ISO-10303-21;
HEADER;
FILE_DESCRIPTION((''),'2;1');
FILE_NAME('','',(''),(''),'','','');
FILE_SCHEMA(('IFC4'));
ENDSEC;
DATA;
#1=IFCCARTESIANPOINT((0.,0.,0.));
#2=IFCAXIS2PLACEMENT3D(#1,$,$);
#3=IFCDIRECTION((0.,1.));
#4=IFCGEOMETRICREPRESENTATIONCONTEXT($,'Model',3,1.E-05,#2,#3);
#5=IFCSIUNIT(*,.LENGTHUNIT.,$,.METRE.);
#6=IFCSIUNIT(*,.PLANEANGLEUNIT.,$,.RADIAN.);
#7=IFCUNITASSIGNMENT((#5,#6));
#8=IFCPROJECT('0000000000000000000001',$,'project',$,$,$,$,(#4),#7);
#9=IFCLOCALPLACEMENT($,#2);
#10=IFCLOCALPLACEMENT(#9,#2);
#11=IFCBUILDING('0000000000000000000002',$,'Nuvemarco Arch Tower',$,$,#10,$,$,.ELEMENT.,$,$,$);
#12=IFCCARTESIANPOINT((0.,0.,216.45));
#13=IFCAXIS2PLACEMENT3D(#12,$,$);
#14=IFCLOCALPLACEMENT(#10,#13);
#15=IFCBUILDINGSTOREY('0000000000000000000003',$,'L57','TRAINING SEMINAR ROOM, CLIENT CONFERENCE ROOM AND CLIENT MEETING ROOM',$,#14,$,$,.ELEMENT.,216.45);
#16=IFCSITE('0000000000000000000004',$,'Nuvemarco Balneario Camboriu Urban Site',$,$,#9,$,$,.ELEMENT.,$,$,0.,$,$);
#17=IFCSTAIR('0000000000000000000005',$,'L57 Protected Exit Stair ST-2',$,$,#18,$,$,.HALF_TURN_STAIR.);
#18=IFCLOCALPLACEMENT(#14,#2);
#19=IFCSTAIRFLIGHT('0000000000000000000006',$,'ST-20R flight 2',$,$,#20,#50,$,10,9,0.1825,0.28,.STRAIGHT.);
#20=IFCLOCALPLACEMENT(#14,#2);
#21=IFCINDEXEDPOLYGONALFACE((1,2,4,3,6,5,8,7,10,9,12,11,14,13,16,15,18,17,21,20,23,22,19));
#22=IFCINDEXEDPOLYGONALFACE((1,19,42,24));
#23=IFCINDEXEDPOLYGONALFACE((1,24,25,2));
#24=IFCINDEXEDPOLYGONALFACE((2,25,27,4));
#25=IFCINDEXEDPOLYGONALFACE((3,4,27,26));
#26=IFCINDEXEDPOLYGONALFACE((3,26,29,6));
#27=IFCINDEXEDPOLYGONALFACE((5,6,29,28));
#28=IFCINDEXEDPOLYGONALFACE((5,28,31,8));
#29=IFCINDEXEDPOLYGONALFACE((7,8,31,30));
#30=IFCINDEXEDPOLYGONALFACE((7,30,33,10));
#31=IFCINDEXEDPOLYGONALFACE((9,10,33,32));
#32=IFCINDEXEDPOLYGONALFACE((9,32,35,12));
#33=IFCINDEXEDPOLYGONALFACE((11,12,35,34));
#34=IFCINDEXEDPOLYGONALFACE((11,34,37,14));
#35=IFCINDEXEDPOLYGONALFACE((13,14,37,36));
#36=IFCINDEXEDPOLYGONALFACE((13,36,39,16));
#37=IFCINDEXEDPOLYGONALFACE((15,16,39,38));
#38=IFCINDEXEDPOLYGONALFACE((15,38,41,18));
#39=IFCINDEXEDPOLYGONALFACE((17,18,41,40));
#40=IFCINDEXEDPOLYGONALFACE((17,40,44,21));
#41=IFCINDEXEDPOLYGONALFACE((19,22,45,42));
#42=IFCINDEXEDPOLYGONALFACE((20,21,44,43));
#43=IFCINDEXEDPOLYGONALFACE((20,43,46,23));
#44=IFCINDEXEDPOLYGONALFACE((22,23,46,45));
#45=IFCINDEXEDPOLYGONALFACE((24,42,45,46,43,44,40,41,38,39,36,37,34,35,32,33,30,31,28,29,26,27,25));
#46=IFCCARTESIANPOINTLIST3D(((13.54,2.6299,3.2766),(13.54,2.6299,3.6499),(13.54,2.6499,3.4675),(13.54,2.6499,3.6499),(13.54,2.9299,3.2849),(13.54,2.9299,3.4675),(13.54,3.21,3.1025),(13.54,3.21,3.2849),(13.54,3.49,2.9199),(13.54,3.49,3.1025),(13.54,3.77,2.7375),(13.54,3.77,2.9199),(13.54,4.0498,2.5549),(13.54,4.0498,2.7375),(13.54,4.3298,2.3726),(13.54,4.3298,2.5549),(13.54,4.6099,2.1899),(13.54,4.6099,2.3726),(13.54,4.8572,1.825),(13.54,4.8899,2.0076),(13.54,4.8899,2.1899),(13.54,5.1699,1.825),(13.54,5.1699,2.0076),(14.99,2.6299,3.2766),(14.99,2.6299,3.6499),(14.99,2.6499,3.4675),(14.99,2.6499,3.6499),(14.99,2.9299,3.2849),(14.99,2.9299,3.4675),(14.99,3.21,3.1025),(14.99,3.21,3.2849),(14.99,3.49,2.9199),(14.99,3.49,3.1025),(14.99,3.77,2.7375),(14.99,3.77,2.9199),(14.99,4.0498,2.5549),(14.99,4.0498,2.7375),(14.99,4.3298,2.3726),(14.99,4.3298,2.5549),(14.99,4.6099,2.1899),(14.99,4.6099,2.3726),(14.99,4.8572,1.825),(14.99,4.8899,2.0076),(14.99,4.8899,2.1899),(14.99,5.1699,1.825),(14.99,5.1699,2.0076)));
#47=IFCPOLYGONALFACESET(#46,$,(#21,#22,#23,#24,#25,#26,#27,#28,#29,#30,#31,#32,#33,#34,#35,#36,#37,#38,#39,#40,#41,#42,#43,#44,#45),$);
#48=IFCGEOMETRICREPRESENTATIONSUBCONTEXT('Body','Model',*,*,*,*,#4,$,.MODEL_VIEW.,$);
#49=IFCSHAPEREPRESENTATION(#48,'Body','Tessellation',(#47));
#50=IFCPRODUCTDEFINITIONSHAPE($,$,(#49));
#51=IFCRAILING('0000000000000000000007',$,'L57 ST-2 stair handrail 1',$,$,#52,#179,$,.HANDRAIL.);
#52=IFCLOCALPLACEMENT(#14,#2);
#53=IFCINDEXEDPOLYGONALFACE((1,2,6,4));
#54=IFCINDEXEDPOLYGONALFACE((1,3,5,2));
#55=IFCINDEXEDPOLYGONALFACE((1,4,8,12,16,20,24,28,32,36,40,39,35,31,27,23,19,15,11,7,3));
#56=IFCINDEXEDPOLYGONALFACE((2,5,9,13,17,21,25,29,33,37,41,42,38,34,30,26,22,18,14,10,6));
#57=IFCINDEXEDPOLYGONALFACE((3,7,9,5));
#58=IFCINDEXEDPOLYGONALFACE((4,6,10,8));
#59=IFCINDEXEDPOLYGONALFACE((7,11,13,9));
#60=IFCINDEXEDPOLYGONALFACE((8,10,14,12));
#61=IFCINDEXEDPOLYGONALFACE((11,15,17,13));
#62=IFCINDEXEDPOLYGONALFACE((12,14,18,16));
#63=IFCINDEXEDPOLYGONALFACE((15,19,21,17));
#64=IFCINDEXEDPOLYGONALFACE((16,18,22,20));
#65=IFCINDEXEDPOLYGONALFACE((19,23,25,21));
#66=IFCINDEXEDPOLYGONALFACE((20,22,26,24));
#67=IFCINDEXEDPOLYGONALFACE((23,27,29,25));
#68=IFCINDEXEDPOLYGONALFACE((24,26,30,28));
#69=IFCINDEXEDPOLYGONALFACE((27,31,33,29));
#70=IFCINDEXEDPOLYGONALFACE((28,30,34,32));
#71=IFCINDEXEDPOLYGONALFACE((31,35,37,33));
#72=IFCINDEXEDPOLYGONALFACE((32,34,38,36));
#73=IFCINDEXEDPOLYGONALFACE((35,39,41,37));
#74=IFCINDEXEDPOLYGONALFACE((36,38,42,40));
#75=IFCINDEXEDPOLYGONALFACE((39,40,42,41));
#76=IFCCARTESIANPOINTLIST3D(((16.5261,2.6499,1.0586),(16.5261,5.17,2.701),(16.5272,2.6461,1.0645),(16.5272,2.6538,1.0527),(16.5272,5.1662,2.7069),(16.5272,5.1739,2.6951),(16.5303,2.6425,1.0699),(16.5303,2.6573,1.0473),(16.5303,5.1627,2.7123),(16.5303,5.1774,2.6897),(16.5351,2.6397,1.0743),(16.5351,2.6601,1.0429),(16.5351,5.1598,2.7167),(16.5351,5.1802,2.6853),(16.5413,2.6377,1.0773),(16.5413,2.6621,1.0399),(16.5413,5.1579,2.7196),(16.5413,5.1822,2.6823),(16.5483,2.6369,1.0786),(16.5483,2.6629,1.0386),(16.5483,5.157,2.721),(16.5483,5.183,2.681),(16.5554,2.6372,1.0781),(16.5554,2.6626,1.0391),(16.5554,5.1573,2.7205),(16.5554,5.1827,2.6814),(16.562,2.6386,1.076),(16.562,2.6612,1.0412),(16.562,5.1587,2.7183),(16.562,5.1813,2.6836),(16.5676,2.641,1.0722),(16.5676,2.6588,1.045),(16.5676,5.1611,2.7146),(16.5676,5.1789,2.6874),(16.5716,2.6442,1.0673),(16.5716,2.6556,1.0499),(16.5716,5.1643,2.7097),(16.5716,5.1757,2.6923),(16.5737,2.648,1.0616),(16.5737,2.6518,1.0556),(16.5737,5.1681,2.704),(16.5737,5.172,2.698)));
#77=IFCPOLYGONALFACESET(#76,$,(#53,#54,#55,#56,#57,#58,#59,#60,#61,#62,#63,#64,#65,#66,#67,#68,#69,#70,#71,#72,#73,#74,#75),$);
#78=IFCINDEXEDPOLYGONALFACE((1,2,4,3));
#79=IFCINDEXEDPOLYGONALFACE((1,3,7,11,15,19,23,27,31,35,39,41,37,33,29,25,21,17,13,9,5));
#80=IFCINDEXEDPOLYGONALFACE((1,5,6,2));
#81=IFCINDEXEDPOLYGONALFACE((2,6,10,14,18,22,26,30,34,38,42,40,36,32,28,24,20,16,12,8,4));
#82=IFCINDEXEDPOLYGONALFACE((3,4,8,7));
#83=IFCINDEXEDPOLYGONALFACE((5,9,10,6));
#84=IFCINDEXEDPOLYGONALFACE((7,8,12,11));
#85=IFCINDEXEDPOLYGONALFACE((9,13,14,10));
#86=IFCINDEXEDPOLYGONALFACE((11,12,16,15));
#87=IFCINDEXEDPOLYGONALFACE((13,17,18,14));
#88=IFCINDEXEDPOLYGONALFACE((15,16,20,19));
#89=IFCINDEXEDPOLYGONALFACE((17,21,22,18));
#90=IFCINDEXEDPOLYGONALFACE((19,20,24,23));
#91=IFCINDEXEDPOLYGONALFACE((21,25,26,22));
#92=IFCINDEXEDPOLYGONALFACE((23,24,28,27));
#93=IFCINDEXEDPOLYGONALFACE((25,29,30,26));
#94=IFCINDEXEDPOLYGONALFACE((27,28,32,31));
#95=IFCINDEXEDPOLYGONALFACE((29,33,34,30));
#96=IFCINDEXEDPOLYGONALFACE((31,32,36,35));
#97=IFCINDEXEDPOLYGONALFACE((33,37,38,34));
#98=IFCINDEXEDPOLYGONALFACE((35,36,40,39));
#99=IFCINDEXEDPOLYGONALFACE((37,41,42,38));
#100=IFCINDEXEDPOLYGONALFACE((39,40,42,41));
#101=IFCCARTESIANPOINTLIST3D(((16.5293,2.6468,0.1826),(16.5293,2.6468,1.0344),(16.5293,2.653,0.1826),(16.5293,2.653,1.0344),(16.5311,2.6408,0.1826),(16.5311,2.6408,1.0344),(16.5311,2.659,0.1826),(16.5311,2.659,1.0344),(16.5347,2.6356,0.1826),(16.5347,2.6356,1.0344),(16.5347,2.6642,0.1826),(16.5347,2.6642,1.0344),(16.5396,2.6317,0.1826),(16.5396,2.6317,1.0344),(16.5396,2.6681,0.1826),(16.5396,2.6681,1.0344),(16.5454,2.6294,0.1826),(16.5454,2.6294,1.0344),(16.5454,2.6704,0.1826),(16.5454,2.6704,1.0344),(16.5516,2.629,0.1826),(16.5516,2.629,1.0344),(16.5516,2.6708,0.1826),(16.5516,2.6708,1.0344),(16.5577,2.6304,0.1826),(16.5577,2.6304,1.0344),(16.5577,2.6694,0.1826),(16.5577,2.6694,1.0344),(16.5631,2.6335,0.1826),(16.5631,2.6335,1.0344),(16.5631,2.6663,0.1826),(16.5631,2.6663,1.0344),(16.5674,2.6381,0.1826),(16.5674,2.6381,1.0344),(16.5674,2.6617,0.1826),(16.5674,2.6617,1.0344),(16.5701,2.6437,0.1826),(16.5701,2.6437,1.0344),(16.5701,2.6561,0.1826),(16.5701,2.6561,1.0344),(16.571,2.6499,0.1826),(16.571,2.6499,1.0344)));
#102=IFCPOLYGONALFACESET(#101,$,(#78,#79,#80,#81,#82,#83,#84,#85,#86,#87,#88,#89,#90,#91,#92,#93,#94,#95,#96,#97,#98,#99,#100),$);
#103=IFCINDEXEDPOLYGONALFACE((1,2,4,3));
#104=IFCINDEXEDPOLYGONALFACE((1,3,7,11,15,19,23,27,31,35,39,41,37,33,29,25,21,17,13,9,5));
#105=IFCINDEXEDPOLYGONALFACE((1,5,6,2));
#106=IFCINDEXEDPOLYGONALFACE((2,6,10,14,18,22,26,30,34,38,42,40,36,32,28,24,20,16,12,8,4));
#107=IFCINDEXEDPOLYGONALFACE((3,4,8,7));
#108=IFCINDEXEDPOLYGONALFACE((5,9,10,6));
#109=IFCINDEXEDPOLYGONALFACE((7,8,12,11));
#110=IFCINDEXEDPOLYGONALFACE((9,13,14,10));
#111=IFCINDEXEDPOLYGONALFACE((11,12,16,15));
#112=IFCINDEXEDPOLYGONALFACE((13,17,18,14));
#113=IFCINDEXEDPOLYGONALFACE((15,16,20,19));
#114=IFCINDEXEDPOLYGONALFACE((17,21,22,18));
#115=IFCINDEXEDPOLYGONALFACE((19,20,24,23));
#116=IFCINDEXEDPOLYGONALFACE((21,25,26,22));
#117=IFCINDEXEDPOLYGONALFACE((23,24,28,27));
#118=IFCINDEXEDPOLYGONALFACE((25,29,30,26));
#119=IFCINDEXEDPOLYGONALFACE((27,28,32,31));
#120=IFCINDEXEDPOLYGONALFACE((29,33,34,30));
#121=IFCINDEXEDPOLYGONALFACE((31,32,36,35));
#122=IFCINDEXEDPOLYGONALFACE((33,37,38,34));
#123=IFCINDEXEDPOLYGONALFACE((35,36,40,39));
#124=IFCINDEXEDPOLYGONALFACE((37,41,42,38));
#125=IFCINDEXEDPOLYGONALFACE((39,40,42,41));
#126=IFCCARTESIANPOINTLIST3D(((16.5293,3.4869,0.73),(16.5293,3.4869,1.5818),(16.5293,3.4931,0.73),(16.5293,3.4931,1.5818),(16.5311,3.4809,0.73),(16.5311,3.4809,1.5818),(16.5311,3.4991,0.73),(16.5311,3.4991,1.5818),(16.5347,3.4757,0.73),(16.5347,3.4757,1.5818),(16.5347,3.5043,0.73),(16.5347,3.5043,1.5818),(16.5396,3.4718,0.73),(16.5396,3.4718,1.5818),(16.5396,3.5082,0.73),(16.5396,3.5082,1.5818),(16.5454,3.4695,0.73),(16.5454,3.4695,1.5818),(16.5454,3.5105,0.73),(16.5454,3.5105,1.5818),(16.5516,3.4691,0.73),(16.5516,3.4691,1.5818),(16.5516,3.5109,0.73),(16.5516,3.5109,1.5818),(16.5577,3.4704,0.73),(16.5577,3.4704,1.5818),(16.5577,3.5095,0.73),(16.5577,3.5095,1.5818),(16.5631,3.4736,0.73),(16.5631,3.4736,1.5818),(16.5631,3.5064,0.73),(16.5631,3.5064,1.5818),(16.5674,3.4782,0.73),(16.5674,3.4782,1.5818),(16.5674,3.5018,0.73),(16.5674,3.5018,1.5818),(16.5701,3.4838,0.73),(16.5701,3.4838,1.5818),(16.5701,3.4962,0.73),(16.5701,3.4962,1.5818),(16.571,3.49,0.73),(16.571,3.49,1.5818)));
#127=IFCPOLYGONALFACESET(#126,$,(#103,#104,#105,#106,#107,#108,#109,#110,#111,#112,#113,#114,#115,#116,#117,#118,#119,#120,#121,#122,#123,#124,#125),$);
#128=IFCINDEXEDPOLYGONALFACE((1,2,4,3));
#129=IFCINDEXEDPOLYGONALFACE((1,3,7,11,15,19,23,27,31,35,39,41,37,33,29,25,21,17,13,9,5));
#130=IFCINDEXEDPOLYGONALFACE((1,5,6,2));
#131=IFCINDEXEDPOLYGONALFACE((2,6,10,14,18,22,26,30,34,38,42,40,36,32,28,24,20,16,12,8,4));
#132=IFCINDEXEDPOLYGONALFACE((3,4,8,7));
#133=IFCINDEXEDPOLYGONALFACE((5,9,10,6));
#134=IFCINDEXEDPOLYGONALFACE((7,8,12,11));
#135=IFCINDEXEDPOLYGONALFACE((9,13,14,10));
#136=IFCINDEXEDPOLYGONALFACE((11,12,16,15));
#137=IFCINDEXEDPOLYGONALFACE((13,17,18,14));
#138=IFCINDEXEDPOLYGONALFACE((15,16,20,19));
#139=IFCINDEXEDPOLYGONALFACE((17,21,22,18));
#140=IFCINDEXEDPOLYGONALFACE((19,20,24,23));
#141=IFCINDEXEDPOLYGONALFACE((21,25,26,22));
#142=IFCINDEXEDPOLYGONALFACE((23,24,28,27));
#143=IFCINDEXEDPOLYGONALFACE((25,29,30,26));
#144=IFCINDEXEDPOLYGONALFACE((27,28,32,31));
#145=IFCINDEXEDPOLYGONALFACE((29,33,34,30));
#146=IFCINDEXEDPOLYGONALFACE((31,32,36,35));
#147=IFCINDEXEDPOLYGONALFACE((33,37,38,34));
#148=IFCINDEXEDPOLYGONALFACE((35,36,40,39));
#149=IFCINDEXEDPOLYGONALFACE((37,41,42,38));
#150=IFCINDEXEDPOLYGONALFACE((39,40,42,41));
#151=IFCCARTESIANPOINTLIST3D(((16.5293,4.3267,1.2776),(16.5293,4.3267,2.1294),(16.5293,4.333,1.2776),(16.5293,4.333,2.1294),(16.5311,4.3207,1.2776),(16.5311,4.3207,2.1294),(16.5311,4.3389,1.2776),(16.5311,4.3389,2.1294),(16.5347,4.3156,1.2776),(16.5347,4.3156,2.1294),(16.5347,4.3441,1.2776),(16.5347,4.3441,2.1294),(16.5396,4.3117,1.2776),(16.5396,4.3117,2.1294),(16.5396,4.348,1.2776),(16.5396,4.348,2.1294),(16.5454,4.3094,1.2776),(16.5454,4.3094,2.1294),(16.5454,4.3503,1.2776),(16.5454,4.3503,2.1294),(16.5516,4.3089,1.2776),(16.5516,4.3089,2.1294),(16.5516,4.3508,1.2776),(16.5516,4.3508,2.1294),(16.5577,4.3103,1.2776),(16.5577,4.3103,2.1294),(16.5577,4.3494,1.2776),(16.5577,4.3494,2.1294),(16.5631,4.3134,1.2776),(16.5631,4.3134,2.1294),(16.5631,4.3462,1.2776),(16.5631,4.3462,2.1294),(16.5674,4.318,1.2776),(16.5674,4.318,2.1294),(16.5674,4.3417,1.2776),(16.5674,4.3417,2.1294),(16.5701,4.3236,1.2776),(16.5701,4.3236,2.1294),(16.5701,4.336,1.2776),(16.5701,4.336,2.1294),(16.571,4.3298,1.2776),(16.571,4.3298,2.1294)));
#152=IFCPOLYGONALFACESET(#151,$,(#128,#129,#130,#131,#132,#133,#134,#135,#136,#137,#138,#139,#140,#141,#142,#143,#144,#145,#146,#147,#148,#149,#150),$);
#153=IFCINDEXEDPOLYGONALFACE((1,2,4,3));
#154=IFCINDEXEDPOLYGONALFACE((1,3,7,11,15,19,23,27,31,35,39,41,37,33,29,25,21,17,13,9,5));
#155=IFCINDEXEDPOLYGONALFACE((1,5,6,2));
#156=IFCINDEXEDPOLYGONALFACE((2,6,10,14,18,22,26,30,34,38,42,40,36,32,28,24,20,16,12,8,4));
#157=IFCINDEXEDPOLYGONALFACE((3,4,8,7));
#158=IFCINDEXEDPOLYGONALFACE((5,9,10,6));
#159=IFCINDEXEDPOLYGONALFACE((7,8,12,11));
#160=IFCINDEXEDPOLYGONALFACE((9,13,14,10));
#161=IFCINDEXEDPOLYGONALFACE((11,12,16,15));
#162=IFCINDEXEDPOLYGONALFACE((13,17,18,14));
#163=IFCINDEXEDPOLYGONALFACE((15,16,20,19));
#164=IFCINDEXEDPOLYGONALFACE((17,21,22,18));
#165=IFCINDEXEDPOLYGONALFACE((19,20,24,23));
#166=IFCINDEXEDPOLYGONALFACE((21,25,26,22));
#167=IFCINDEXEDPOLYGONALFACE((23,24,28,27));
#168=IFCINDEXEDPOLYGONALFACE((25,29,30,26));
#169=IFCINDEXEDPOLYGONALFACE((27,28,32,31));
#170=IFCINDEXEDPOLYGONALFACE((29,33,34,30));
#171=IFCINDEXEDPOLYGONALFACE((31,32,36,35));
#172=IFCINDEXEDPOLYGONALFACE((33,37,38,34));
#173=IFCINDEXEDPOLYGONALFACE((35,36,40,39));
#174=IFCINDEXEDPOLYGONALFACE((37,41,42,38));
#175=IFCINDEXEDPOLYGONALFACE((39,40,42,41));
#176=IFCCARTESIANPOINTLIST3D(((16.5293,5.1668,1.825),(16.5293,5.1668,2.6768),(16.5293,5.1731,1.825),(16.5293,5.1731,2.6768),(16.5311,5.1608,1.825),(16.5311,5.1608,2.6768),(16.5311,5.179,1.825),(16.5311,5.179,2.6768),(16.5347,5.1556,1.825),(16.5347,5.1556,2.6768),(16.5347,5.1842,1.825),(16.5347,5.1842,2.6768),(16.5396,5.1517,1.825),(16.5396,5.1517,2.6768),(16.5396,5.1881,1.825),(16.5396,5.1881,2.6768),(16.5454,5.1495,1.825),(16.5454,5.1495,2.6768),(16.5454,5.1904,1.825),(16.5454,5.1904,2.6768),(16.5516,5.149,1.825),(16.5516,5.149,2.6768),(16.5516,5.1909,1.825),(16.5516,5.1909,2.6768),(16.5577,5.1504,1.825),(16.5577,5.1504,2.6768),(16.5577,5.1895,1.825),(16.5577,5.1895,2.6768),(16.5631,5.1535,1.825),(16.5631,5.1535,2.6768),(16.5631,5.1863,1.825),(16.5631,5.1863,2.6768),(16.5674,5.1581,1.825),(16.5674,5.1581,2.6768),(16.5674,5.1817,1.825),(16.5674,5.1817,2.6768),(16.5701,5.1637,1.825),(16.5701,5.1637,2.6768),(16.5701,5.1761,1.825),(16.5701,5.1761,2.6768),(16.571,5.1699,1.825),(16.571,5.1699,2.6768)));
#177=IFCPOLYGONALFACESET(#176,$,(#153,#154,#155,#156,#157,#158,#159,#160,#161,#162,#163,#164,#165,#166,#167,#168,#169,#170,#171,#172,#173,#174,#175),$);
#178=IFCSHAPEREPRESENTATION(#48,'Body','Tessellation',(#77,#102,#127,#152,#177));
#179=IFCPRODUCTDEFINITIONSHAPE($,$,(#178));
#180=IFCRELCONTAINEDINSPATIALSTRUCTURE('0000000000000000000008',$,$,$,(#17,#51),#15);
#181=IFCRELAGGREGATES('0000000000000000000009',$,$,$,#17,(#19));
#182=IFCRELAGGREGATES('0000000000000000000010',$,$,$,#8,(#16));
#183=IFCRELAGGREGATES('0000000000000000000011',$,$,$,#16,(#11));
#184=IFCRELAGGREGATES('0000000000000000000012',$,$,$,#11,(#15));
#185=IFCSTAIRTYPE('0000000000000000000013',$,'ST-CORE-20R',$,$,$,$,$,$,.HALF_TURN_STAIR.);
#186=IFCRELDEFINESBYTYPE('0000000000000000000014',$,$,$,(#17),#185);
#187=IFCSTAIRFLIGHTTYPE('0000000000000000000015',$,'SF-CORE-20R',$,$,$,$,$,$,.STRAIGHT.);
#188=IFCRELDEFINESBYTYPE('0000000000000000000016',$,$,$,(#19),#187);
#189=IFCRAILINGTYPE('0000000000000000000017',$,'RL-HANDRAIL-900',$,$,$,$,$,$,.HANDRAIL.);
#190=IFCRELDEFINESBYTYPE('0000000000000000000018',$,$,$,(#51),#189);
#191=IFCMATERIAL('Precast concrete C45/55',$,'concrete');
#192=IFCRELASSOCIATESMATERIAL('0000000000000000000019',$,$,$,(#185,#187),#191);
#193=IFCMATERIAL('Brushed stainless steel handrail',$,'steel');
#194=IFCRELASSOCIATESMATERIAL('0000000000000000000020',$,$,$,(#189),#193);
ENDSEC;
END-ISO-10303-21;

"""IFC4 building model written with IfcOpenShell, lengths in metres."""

from ifc_helpers import new_model, si_unit, direction, frame, origin, origin_2d, place, context, subcontext, project, spatial, polyline, circle, outline, extrude, material, type_object, element, aggregate, save


model = new_model("IFC4")

# Units and contexts
model_context = context("Model", 3, precision=1e-05, world=origin(), true_north=direction((0.0, 1.0)))
body_context = subcontext(model_context, "Body", "Model", "MODEL_VIEW")
ifc_project = project(units=[si_unit("LENGTHUNIT", "METRE"), si_unit("PLANEANGLEUNIT", "RADIAN")], contexts=[model_context])

# Site, building, storey
site_placement = place(None, origin())
site = spatial("IfcSite", under=ifc_project, at=site_placement, Name="Nuvemarco Balneario Camboriu Urban Site", CompositionType="ELEMENT", RefElevation=0.0)
building_placement = place(site_placement, origin())
building = spatial("IfcBuilding", under=site, at=building_placement, Name="Nuvemarco Arch Tower", CompositionType="ELEMENT")
storey_placement = place(building_placement, frame((0.0, 0.0, 216.45)))
storey = spatial("IfcBuildingStorey", under=building, at=storey_placement, Name="L57", Description="TRAINING SEMINAR ROOM, CLIENT CONFERENCE ROOM AND CLIENT MEETING ROOM", CompositionType="ELEMENT", Elevation=216.45)

# Shared definitions
ifc_material_1 = material(Name="Precast concrete C45/55", Category="concrete")

# Stair, stair flight
stair_type = type_object("IfcStairType", Name="ST-CORE-20R", PredefinedType="HALF_TURN_STAIR", material=ifc_material_1)
stair_placement = place(storey_placement, origin())
stair = element("IfcStair", 1, at=stair_placement, inside=storey, type_object=stair_type, Name="L57 Protected Exit Stair ST-2", PredefinedType="HALF_TURN_STAIR")
stair_flight_type = type_object("IfcStairFlightType", Name="SF-CORE-20R", PredefinedType="STRAIGHT", material=ifc_material_1)
stair_flight_1_placement = place(storey_placement, frame((14.2649, 5.1699, 1.825), z_axis=(0.0, 0.0, 1.0), x_axis=(0.0, -1.0, 0.0)))
stair_flight_1 = element("IfcStairFlight", 2, at=stair_flight_1_placement, type_object=stair_flight_type, Name="ST-20R flight 2", NumberOfRisers=10, NumberOfTreads=9, PredefinedType="STRAIGHT", RiserHeight=0.1825, TreadLength=0.28, context=body_context, shape_type="SweptSolid", body=[
    extrude(outline(polyline([(0.0, 0.0), (0.0, 0.1826), (0.28, 0.1826), (0.28, 0.365), (0.5601, 0.365), (0.5601, 0.5476), (0.8401, 0.5476), (0.8401, 0.73), (1.1201, 0.73), (1.1201, 0.9126), (1.3999, 0.9126), (1.3999, 1.095), (1.6799, 1.095), (1.6799, 1.2776), (1.96, 1.2776), (1.96, 1.46), (2.24, 1.46), (2.24, 1.6426), (2.52, 1.6426), (2.52, 1.825), (2.54, 1.825), (2.54, 1.4517), (0.3127, 0.0), (0.0, 0.0)])), frame((0.0, 0.7251, 0.0), z_axis=(0.0, -1.0, 0.0), x_axis=(1.0, 0.0, 0.0)), (0.0, 0.0, 1.0), 1.45),
])
aggregate(stair, [stair_flight_1])

# Railing
ifc_material_2 = material(Name="Brushed stainless steel handrail", Category="steel")
railing_type_1 = type_object("IfcRailingType", Name="RL-HANDRAIL-900", PredefinedType="HANDRAIL", material=ifc_material_2)
railing_1_placement = place(storey_placement, frame((16.55, 2.6499, 0.1826)))
element("IfcRailing", 3, at=railing_1_placement, inside=storey, type_object=railing_type_1, Name="L57 ST-2 stair handrail 1", PredefinedType="HANDRAIL", context=body_context, shape_type="SweptSolid", body=[
    extrude(circle(Radius=0.0239, at=origin_2d()), frame((0.0, 0.0, 0.876), z_axis=(0.0, 0.837787, 0.545998), x_axis=(-1.0, 0.0, 0.0)), (0.0, 0.0, 1.0), 3.0081),
    extrude(circle(Radius=0.021, at=origin_2d()), origin(), (0.0, 0.0, 1.0), 0.8518),
    extrude(circle(Radius=0.021, at=origin_2d()), frame((0.0, 0.8401, 0.5474)), (0.0, 0.0, 1.0), 0.8518),
    extrude(circle(Radius=0.021, at=origin_2d()), frame((0.0, 1.6799, 1.095)), (0.0, 0.0, 1.0), 0.8518),
    extrude(circle(Radius=0.021, at=origin_2d()), frame((0.0, 2.52, 1.6423)), (0.0, 0.0, 1.0), 0.8518),
])

save(model, "model.ifc")
